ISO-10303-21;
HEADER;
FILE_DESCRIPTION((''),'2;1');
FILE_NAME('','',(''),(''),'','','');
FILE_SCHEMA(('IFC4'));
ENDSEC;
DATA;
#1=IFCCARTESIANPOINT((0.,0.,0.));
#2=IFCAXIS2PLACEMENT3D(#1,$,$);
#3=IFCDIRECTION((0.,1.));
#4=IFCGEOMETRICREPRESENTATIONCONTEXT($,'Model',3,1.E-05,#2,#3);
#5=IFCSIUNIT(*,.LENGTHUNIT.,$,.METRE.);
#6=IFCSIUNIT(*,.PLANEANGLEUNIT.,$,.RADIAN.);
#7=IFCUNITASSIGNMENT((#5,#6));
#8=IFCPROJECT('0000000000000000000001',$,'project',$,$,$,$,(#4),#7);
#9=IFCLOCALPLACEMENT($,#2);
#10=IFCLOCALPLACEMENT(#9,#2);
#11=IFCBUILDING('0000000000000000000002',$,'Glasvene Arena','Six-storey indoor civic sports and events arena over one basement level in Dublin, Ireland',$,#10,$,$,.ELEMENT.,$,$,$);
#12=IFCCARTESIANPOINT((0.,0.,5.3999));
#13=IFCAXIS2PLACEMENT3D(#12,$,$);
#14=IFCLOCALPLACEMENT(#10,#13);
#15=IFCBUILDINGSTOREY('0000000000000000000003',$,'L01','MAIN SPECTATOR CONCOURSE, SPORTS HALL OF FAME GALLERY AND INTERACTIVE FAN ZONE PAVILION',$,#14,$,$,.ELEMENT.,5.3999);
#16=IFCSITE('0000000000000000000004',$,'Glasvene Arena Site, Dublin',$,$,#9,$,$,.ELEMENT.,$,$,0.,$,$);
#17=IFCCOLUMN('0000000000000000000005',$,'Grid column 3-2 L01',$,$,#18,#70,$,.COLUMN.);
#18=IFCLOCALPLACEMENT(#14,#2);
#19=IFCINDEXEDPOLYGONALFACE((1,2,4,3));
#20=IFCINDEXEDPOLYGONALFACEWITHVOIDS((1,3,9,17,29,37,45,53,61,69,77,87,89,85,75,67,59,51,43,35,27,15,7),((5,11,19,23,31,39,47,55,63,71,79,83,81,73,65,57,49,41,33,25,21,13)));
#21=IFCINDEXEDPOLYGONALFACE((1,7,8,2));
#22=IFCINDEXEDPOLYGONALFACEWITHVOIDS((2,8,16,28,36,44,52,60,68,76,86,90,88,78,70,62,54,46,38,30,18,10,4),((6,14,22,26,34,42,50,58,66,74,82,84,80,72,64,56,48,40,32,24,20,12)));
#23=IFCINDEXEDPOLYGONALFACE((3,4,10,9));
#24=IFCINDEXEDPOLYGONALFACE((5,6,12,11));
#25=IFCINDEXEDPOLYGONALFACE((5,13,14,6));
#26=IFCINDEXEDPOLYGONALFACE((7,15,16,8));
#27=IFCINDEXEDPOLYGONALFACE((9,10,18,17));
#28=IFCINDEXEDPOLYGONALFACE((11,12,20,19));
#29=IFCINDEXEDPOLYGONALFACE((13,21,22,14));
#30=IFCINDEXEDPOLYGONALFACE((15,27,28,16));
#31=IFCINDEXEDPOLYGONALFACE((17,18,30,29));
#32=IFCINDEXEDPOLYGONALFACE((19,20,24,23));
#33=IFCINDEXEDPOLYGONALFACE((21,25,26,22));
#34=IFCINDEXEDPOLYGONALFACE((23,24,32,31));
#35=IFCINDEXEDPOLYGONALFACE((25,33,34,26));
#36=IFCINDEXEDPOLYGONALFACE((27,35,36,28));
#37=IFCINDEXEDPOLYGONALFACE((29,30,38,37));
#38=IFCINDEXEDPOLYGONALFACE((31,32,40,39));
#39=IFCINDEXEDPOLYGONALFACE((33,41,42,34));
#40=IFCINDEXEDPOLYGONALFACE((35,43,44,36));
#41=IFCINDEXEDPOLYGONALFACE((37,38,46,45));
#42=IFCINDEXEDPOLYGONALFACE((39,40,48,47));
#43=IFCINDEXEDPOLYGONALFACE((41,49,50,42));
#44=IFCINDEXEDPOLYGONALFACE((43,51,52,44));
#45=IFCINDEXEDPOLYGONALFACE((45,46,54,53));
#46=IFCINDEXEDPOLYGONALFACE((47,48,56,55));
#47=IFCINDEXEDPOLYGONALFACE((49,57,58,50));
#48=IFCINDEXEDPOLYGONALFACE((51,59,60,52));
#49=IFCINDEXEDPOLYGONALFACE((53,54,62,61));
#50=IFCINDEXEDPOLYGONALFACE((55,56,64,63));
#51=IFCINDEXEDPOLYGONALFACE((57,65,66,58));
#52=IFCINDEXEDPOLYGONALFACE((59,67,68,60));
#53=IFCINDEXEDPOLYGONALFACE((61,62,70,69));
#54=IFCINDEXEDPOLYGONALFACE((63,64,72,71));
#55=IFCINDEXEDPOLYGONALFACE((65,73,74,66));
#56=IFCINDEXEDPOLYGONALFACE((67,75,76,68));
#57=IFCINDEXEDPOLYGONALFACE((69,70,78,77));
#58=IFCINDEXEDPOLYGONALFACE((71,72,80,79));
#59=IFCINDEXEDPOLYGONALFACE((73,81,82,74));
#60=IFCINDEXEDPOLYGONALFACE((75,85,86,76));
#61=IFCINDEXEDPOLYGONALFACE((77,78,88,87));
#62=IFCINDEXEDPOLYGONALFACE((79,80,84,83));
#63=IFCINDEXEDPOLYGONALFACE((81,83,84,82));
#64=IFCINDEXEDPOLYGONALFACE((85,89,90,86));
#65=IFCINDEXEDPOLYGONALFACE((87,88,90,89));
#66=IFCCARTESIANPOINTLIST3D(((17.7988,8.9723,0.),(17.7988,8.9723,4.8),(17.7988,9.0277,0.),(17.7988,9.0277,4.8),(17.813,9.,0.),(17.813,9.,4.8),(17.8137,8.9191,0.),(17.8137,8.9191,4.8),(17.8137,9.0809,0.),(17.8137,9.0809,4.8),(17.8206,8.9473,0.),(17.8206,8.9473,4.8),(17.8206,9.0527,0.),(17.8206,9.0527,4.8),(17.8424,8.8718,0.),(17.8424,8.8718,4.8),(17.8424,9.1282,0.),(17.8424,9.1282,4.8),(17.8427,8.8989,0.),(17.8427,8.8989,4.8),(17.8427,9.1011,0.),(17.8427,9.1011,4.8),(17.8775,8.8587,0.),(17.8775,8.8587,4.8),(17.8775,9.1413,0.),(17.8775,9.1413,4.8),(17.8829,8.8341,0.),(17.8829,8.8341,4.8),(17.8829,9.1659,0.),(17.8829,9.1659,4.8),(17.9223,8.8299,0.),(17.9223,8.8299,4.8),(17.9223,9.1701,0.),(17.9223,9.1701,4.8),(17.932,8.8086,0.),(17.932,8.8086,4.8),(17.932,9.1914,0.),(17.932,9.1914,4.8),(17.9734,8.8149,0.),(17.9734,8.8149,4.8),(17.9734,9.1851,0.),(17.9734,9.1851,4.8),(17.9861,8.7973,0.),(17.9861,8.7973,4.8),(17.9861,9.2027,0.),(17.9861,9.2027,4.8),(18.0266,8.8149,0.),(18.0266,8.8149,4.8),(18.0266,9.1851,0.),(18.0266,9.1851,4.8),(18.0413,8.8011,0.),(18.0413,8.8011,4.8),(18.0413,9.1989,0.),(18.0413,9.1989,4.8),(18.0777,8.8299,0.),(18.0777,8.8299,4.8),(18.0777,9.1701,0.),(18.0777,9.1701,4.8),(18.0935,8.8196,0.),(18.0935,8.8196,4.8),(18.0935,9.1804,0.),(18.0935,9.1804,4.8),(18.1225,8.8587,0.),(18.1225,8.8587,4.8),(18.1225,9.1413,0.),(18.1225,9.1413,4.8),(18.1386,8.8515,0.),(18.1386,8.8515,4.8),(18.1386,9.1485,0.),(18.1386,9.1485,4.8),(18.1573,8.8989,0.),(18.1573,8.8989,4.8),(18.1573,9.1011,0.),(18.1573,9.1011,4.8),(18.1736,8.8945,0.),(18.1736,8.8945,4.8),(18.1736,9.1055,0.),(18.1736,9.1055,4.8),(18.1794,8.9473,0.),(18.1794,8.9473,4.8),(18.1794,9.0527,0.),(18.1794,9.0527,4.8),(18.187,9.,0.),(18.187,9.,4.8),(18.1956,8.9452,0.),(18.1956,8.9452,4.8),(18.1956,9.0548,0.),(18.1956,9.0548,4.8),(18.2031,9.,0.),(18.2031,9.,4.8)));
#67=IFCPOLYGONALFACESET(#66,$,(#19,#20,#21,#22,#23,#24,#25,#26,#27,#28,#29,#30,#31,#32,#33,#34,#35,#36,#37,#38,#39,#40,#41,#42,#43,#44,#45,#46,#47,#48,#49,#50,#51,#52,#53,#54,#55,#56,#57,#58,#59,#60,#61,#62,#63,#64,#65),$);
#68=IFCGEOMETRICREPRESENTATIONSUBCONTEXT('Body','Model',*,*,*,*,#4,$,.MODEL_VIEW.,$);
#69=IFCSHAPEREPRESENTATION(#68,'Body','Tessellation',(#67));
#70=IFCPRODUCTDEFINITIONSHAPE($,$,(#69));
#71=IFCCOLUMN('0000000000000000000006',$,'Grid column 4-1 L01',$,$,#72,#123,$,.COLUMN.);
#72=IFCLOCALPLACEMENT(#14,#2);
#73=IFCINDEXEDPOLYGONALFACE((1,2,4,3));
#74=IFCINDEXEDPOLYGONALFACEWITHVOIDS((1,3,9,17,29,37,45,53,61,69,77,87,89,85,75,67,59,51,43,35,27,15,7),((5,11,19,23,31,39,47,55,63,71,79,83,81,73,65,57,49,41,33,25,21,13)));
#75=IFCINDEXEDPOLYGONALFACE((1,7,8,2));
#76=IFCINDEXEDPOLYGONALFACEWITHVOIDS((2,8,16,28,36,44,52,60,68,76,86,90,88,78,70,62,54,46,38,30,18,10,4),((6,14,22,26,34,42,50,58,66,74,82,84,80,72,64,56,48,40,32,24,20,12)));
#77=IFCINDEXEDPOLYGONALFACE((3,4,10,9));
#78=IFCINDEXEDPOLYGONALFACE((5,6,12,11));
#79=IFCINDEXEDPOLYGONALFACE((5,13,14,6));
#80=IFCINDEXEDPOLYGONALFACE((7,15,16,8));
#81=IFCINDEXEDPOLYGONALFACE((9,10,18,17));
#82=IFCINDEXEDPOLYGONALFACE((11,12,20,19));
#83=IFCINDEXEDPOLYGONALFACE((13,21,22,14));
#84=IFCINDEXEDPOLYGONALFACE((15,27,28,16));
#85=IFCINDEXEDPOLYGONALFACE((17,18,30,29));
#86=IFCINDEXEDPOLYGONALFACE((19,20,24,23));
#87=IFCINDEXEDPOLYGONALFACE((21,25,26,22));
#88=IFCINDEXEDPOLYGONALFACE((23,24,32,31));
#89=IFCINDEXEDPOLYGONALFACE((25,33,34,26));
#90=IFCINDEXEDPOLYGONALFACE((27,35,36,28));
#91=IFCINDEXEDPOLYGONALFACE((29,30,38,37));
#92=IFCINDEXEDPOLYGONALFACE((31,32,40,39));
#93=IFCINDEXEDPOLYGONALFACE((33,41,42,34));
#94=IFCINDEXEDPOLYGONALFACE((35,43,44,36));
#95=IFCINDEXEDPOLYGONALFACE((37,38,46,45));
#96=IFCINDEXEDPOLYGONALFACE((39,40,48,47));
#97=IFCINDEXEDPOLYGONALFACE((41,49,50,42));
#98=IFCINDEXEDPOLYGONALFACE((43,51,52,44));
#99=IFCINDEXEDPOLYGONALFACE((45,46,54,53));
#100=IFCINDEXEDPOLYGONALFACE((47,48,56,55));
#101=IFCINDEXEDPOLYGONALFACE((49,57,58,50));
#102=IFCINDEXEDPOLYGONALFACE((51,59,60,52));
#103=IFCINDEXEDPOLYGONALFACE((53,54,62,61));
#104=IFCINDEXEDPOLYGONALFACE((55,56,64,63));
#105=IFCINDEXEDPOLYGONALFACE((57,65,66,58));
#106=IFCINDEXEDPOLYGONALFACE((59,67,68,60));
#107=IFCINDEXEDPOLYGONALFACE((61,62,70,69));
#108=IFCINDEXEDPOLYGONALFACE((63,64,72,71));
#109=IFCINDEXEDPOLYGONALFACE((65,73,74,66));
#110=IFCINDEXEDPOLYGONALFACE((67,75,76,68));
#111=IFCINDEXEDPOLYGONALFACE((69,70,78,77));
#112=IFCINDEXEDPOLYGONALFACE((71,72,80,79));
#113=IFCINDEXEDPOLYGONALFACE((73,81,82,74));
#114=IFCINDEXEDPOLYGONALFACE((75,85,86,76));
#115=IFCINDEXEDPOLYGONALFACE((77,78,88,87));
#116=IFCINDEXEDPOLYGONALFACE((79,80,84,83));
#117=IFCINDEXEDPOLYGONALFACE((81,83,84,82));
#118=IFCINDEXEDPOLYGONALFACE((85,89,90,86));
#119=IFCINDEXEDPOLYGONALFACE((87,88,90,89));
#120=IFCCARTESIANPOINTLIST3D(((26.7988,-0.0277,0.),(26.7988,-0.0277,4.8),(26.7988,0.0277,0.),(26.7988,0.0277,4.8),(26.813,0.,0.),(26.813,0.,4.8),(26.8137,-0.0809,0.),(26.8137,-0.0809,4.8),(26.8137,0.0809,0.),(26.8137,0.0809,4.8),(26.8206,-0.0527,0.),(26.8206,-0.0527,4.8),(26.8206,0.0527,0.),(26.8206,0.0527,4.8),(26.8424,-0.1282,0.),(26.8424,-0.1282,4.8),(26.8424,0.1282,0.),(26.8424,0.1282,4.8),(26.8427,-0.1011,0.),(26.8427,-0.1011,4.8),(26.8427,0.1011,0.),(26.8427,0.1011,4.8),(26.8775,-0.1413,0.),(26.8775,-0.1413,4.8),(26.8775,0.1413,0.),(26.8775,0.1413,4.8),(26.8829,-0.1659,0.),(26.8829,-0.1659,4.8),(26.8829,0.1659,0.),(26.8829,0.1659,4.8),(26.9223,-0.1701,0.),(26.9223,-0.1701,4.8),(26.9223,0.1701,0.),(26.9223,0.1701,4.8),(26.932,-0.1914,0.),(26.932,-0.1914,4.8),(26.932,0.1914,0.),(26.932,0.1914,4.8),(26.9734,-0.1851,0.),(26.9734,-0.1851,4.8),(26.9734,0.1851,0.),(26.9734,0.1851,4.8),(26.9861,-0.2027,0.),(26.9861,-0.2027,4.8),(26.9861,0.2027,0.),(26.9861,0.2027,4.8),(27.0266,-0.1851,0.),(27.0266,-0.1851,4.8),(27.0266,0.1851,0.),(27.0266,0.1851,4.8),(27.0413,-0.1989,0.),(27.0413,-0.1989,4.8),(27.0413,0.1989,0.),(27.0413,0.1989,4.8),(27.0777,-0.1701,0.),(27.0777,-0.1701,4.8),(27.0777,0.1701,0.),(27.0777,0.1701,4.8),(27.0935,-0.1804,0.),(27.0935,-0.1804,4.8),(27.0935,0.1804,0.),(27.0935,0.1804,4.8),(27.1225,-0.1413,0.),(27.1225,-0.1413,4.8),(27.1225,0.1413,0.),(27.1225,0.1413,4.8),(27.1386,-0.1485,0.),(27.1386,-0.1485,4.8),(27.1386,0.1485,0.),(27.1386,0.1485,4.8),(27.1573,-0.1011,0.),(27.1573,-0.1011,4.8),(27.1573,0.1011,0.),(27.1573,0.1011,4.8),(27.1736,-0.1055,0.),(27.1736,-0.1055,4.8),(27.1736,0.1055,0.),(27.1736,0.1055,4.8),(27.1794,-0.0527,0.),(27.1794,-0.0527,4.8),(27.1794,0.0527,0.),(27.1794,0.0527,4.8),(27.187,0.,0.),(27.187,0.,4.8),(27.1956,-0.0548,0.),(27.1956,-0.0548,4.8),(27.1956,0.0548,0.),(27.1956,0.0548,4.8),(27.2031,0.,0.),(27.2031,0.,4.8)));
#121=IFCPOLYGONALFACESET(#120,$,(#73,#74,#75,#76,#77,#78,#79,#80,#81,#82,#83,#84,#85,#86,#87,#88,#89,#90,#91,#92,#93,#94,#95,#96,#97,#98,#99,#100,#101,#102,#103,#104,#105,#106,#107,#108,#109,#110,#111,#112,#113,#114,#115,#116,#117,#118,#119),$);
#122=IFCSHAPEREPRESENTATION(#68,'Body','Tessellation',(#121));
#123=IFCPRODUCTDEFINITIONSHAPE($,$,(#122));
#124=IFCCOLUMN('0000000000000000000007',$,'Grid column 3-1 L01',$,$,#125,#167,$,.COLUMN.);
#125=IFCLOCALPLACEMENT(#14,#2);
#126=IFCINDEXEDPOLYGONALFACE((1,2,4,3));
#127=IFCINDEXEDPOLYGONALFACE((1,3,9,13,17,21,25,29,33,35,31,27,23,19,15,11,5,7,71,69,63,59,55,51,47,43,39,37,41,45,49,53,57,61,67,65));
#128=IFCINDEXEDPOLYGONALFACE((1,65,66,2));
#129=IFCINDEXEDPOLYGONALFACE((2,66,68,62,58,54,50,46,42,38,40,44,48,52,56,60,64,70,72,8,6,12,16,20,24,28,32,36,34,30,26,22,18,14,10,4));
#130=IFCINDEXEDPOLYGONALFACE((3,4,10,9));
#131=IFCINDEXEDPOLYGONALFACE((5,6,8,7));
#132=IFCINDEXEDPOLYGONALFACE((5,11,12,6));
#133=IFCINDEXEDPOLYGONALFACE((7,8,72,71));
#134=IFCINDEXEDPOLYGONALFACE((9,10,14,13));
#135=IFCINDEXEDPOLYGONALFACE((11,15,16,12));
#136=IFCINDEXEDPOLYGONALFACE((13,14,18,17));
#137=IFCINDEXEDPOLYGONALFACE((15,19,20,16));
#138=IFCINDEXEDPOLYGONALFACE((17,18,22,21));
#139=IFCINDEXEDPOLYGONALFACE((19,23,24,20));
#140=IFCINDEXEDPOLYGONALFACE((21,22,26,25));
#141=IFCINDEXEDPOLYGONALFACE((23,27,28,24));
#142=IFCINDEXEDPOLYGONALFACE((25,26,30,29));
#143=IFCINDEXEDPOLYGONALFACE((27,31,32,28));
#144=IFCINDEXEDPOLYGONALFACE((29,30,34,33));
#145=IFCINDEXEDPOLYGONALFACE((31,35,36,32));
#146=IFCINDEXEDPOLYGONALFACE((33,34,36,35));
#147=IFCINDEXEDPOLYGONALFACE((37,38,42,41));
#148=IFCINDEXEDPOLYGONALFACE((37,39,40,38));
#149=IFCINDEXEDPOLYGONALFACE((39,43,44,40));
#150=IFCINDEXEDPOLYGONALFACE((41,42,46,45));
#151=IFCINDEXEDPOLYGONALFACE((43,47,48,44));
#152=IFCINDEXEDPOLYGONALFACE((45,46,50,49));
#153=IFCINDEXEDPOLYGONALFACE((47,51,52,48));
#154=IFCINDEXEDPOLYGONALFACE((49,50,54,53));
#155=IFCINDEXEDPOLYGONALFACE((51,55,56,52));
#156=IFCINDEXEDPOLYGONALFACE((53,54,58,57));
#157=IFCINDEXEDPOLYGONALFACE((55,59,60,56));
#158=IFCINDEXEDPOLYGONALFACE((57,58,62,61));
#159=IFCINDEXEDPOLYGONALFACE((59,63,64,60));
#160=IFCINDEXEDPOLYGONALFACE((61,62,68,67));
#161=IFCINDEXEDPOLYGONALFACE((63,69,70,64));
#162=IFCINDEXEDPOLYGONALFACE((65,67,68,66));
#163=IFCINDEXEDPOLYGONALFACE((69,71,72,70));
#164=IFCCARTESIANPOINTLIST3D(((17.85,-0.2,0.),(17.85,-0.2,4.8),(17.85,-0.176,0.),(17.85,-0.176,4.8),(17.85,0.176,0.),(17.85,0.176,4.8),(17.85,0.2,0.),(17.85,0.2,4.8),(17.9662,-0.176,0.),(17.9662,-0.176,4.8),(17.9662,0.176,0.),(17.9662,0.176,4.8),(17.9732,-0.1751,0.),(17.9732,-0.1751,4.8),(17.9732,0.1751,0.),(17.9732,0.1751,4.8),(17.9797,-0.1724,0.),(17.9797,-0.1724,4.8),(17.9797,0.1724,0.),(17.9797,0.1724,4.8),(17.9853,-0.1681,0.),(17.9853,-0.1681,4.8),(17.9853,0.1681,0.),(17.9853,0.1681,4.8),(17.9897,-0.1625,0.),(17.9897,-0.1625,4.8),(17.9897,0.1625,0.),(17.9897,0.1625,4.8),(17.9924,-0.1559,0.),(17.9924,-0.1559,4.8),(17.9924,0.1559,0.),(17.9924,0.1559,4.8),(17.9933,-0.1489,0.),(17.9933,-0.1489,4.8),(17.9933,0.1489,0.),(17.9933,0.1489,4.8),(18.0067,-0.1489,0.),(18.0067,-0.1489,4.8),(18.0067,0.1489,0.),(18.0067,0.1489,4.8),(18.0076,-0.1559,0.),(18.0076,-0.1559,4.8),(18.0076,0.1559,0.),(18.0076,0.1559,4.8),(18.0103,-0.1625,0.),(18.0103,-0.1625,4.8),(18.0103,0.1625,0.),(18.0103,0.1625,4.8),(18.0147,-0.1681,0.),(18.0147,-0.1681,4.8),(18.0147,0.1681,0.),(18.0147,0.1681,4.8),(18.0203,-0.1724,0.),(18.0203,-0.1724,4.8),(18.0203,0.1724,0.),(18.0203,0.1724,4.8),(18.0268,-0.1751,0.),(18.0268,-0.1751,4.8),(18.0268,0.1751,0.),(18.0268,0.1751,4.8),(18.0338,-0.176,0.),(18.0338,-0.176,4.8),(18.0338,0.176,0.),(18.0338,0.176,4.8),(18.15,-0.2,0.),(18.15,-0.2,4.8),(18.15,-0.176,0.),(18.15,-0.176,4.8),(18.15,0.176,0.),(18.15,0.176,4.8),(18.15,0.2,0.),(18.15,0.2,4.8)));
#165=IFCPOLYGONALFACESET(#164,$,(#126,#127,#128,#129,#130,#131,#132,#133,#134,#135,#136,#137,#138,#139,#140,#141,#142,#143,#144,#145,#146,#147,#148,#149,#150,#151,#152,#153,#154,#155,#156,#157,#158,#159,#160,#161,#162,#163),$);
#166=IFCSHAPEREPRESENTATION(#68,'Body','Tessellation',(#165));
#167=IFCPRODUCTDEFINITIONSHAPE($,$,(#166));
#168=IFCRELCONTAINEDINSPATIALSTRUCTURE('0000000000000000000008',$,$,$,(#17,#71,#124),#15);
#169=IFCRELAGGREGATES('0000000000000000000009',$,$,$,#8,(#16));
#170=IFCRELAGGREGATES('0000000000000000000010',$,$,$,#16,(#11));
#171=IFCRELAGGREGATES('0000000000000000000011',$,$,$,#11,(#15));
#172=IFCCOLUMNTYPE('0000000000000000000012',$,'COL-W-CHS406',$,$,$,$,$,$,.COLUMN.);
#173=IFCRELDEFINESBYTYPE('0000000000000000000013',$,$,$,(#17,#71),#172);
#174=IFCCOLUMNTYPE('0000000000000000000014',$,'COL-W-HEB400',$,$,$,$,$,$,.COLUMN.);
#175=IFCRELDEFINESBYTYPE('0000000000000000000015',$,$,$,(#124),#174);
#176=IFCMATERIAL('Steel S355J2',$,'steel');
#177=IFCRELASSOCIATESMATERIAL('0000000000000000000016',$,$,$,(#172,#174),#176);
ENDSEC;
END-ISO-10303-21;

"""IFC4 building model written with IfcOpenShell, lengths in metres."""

from ifc_helpers import new_model, si_unit, direction, frame, origin, origin_2d, place, context, subcontext, project, spatial, hollow_circle, i_section, extrude, material, material_profile, profile_set, type_object, element, save


model = new_model("IFC4")

# Units and contexts
model_context = context("Model", 3, precision=1e-05, world=origin(), true_north=direction((0.0, 1.0)))
body_context = subcontext(model_context, "Body", "Model", "MODEL_VIEW")
ifc_project = project(units=[si_unit("LENGTHUNIT", "METRE"), si_unit("PLANEANGLEUNIT", "RADIAN")], contexts=[model_context])

# Site, building, storey
site_placement = place(None, origin())
site = spatial("IfcSite", under=ifc_project, at=site_placement, Name="Glasvene Arena Site, Dublin", CompositionType="ELEMENT", RefElevation=0.0)
building_placement = place(site_placement, origin())
building = spatial("IfcBuilding", under=site, at=building_placement, Name="Glasvene Arena", Description="Six-storey indoor civic sports and events arena over one basement level in Dublin, Ireland", CompositionType="ELEMENT")
storey_placement = place(building_placement, frame((0.0, 0.0, 5.3999)))
storey = spatial("IfcBuildingStorey", under=building, at=storey_placement, Name="L01", Description="MAIN SPECTATOR CONCOURSE, SPORTS HALL OF FAME GALLERY AND INTERACTIVE FAN ZONE PAVILION", CompositionType="ELEMENT", Elevation=5.3999)

# Columns
ifc_material_1 = material(Name="Steel S355J2", Category="steel")
ifc_material_profile_1 = material_profile(ifc_material_1, hollow_circle(Radius=0.2031, WallThickness=0.0161, at=origin_2d()), Name="CHS 406.4x16.0")
ifc_profile_set_1 = profile_set([ifc_material_profile_1], Name="Steel S355J2")
column_type_1 = type_object("IfcColumnType", Name="COL-W-CHS406", PredefinedType="COLUMN", material=ifc_profile_set_1)
for number, where, z_axis, x_axis, name in (
    (1, (18.0, 9.0, 0.0), (0.0, 0.0, 1.0), (1.0, 0.0, 0.0), "Grid column 3-2 L01"),
    (2, (27.0, 0.0, 0.0), (0.0, 0.0, 1.0), (1.0, 0.0, 0.0), "Grid column 4-1 L01"),
):
    element("IfcColumn", number, at=place(storey_placement, frame(where, z_axis=z_axis, x_axis=x_axis)), inside=storey, type_object=column_type_1, Name=name, PredefinedType="COLUMN", context=body_context, shape_type="SweptSolid", body=[
        extrude(hollow_circle(Radius=0.2031, WallThickness=0.0161, at=origin_2d()), origin(), (0.0, 0.0, 1.0), 4.8),
    ])
ifc_material_profile_2 = material_profile(ifc_material_1, i_section(OverallWidth=0.3, OverallDepth=0.3999, WebThickness=0.0134, FlangeThickness=0.0239, FilletRadius=0.0271, at=origin_2d()), Name="HEB 400")
ifc_profile_set_2 = profile_set([ifc_material_profile_2], Name="Steel S355J2")
column_type_2 = type_object("IfcColumnType", Name="COL-W-HEB400", PredefinedType="COLUMN", material=ifc_profile_set_2)
column_placement = place(storey_placement, frame((18.0, 0.0, 0.0), z_axis=(0.0, 0.0, 1.0), x_axis=(1.0, 0.0, 0.0)))
element("IfcColumn", 3, at=column_placement, inside=storey, type_object=column_type_2, Name="Grid column 3-1 L01", PredefinedType="COLUMN", context=body_context, shape_type="SweptSolid", body=[
    extrude(i_section(OverallWidth=0.3, OverallDepth=0.3999, WebThickness=0.0134, FlangeThickness=0.0239, FilletRadius=0.0271, at=origin_2d()), origin(), (0.0, 0.0, 1.0), 4.8),
])

save(model, "model.ifc")
